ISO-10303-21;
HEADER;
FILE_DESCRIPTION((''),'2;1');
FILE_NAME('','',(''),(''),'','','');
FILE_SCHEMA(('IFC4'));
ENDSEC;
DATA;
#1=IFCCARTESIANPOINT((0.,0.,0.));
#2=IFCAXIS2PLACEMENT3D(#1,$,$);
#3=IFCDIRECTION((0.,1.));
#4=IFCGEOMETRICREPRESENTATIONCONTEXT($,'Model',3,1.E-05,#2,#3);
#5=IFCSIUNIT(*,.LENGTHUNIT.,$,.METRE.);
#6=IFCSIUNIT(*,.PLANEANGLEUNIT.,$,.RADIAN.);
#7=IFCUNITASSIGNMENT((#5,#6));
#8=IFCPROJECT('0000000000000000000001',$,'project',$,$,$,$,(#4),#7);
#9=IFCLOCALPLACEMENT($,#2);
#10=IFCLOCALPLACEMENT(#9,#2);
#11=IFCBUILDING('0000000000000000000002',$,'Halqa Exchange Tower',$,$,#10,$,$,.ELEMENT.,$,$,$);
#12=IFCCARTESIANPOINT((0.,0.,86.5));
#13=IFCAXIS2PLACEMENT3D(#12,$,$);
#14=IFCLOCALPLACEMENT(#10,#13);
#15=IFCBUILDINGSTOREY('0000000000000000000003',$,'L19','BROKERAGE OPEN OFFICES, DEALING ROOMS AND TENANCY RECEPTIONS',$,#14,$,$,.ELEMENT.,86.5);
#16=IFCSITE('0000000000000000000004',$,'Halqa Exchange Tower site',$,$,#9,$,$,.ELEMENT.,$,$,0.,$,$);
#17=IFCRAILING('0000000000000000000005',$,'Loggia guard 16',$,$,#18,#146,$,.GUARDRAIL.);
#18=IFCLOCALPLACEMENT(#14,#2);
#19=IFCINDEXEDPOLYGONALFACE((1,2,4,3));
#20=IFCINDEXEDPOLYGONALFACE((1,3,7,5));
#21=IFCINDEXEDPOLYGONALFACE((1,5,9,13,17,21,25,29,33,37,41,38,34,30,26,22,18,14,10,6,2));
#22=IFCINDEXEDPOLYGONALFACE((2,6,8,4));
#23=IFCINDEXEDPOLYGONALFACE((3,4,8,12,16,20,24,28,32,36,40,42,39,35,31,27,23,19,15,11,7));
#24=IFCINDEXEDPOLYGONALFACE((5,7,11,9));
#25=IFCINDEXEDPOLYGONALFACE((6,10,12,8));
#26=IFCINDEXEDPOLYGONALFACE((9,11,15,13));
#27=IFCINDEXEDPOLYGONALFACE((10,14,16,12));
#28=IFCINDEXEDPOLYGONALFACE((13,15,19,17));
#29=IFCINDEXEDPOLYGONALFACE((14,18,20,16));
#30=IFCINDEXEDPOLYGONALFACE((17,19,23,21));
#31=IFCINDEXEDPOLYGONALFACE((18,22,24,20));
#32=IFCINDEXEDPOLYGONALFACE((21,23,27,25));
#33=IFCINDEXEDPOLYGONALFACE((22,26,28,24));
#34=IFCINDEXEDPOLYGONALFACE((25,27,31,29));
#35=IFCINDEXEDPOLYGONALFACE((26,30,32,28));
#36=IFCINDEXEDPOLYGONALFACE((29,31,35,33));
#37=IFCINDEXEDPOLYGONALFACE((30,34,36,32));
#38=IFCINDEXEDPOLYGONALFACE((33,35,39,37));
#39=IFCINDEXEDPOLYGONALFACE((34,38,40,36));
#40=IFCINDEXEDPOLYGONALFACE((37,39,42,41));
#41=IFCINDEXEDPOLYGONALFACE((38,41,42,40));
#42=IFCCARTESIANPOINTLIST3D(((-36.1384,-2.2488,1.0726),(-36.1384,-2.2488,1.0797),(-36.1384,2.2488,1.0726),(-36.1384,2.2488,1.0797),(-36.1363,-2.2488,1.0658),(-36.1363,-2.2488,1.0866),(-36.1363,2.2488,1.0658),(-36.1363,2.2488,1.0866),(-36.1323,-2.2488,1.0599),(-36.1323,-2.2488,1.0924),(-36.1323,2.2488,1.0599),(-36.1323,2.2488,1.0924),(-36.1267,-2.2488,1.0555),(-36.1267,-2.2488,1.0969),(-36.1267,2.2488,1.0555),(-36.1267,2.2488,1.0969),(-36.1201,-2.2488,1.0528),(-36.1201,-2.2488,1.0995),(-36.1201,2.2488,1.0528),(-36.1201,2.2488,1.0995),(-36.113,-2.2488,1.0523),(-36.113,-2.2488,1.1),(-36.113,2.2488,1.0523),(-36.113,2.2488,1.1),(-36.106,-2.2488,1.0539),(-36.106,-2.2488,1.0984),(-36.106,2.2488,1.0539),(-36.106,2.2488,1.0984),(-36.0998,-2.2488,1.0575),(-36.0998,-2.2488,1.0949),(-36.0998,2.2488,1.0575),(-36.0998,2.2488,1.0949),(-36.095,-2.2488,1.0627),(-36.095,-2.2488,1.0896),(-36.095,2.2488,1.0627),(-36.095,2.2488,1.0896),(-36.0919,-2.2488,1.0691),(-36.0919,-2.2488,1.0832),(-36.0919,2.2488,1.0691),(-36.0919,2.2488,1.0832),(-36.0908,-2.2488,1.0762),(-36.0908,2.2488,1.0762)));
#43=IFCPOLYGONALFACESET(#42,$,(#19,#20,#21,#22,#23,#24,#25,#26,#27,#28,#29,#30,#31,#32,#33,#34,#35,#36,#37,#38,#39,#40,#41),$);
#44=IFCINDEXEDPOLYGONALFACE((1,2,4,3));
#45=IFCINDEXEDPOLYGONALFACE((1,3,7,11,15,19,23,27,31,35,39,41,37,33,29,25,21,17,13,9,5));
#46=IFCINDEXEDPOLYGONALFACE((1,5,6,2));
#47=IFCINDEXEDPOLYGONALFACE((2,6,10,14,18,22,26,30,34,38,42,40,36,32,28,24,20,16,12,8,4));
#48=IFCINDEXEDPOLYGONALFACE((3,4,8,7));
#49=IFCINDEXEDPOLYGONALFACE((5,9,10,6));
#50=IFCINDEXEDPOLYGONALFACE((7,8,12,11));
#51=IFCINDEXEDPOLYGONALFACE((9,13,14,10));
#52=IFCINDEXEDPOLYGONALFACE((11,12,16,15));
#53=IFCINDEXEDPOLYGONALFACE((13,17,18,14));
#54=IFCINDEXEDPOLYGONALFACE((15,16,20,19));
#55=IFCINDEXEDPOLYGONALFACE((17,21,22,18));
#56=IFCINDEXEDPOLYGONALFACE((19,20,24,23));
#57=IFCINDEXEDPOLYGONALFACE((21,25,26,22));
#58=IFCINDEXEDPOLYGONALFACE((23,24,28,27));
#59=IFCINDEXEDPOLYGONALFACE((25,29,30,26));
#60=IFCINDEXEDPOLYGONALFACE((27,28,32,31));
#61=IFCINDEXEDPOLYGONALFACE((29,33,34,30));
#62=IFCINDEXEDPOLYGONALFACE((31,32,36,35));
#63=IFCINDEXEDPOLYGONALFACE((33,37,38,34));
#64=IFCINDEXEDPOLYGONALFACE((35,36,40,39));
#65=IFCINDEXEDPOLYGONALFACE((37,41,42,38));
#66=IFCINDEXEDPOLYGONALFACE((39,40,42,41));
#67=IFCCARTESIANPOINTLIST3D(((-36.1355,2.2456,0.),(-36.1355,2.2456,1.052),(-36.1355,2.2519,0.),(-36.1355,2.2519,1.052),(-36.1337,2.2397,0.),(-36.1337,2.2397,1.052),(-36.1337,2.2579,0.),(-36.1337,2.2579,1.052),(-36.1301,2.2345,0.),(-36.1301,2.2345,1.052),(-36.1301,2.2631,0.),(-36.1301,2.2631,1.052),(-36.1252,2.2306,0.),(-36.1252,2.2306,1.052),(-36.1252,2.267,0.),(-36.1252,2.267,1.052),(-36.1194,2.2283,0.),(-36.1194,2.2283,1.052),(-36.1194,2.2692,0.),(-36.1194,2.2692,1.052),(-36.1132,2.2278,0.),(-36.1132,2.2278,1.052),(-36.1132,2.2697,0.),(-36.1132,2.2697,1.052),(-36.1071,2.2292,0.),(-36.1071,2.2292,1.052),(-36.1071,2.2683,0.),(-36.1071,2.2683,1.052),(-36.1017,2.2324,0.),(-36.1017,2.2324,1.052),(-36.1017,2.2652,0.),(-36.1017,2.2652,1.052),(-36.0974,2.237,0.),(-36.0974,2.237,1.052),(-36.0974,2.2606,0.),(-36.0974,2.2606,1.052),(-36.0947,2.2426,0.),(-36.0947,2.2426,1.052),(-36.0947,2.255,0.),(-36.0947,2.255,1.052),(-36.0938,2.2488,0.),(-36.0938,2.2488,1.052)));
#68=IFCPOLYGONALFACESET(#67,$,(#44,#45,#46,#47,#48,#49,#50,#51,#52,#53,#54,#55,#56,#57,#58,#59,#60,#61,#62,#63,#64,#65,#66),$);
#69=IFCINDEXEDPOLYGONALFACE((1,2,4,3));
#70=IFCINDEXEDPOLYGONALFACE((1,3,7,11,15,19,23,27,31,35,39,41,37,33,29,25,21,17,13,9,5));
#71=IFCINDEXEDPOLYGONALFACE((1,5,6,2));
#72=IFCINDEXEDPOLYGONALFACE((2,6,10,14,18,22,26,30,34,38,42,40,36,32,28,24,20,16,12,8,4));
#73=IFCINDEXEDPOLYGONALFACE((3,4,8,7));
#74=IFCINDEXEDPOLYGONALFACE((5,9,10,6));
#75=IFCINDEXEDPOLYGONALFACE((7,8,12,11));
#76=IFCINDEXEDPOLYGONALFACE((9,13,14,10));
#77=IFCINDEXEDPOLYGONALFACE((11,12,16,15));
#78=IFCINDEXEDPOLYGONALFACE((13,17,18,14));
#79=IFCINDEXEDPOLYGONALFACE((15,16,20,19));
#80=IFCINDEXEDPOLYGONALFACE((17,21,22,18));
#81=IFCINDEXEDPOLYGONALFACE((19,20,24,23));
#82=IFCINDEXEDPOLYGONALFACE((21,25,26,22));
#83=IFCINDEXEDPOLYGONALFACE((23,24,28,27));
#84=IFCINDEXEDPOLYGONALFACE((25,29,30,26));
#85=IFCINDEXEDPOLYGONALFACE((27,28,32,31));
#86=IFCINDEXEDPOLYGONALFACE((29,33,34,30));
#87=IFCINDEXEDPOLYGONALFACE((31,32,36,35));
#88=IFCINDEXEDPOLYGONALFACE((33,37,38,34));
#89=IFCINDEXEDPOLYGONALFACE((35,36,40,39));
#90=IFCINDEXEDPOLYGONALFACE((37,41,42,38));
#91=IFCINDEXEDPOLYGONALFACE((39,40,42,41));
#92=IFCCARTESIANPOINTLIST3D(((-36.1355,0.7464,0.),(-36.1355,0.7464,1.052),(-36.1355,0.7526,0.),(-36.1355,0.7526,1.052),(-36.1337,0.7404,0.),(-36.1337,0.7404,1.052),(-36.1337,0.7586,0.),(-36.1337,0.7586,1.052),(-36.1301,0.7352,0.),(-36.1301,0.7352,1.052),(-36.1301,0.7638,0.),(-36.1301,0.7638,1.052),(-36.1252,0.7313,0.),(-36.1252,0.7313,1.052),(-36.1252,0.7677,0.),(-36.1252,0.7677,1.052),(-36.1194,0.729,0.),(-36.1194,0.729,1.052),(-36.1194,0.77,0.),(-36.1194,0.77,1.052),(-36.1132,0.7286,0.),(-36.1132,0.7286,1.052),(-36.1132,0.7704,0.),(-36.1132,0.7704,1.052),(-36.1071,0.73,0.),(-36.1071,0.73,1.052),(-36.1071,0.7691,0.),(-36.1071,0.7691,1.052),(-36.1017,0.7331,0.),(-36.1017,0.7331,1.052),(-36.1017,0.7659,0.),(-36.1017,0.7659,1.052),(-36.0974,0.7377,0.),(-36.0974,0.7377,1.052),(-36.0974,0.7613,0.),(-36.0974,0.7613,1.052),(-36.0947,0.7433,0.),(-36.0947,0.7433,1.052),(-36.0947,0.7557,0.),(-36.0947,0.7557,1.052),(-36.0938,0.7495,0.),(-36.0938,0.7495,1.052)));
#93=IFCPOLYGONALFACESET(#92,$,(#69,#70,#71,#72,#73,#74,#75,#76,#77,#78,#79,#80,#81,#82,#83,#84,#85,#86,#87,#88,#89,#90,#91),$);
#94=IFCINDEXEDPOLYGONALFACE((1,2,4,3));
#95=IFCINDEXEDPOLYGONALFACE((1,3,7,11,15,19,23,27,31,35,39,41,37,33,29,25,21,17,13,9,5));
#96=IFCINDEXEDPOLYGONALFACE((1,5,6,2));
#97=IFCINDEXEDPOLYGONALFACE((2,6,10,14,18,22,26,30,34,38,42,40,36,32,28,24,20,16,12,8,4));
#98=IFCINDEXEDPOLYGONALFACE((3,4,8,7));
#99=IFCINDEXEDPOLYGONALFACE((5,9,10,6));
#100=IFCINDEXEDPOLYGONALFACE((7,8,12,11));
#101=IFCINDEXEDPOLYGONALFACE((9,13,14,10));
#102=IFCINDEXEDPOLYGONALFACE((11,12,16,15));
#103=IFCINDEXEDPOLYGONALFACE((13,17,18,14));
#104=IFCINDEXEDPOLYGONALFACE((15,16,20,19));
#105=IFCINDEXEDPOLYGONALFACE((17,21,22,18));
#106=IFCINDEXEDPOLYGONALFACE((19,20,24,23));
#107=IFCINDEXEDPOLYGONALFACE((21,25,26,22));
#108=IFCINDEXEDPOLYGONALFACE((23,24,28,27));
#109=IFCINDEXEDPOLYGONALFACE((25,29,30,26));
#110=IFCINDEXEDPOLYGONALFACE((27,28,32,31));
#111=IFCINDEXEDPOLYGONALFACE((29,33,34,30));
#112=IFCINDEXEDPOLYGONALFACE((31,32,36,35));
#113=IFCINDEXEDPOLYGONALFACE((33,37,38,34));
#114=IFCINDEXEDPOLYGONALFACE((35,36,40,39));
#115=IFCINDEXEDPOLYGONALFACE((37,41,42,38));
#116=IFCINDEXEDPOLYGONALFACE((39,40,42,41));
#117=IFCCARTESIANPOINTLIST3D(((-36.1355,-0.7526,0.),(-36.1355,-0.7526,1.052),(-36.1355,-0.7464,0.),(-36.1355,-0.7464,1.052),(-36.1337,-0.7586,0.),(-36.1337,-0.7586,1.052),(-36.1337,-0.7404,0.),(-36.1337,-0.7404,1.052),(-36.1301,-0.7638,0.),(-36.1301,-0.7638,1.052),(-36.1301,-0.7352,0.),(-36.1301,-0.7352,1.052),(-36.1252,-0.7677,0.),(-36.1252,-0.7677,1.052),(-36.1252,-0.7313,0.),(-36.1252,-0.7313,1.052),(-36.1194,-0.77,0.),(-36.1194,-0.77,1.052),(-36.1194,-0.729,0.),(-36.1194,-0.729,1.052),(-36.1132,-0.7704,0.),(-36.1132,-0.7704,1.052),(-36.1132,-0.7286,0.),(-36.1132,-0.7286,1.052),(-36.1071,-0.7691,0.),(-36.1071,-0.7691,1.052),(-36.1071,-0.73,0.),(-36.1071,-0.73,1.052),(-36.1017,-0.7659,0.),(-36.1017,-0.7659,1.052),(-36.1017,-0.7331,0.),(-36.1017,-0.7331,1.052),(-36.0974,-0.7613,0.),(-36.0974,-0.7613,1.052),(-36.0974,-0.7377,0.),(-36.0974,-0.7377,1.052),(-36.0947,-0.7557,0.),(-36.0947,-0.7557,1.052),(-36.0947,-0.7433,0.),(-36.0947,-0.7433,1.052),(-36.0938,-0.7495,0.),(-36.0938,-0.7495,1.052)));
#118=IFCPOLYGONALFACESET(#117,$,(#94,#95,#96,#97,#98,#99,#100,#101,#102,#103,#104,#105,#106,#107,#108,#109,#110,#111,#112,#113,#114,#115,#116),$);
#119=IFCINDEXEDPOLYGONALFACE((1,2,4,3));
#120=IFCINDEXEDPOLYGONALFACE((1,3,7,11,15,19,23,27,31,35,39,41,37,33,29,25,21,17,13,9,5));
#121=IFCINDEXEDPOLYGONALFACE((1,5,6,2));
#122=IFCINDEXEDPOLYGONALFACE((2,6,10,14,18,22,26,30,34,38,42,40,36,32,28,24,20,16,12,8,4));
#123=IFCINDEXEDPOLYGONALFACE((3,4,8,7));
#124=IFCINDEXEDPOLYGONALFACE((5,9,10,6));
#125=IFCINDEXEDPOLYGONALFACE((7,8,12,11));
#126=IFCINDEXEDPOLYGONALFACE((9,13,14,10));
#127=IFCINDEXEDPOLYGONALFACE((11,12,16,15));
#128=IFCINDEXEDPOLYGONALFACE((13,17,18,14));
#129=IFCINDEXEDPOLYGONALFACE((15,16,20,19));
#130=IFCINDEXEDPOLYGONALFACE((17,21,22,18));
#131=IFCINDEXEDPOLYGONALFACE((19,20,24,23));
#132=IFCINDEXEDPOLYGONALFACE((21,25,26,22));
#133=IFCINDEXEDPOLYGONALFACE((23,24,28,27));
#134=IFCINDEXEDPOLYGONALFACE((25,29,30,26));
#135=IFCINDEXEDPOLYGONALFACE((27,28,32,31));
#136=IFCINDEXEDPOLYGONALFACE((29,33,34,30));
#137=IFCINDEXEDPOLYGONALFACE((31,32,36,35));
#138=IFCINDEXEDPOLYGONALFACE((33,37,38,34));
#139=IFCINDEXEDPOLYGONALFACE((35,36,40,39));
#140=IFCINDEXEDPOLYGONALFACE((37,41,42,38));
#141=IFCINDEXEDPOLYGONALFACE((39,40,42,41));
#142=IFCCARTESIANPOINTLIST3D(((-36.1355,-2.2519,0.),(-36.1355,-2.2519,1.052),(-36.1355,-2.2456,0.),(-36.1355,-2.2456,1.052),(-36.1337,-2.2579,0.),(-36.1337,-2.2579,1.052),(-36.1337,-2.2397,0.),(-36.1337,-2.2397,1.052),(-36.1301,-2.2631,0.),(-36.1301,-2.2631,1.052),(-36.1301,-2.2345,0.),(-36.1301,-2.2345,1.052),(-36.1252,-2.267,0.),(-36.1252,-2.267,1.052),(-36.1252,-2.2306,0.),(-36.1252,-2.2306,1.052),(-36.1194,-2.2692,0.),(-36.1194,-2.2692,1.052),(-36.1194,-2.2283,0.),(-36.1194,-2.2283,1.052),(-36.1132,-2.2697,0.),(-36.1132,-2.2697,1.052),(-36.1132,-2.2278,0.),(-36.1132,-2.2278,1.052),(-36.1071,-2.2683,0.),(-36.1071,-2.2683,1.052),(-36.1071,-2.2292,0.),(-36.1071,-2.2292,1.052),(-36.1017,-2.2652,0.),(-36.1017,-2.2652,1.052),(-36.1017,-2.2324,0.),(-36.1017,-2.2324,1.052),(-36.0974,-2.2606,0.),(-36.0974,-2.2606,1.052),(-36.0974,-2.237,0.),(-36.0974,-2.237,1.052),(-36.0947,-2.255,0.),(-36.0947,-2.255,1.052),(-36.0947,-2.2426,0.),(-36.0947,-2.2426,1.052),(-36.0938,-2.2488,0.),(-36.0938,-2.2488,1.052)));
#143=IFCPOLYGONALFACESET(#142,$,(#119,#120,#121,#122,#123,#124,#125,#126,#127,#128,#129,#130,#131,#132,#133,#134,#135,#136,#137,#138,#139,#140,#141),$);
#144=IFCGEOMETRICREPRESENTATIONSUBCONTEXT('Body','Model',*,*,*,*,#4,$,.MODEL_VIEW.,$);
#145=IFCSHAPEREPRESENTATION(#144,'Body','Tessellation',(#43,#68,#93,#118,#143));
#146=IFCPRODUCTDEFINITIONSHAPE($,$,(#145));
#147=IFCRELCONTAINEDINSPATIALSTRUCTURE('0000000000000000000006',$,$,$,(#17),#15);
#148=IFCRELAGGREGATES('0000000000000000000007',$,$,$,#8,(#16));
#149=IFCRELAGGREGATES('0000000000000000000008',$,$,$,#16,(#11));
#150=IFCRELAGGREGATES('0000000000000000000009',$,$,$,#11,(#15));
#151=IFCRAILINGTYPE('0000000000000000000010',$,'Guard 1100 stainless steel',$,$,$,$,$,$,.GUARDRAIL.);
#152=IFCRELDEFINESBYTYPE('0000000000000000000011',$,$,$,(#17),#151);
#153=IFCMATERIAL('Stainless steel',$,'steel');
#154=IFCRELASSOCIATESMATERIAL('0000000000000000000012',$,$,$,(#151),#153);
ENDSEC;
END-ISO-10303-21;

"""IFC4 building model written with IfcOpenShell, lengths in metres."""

from ifc_helpers import new_model, si_unit, direction, frame, origin, origin_2d, place, context, subcontext, project, spatial, circle, extrude, material, type_object, element, save


model = new_model("IFC4")

# Units and contexts
model_context = context("Model", 3, precision=1e-05, world=origin(), true_north=direction((0.0, 1.0)))
body_context = subcontext(model_context, "Body", "Model", "MODEL_VIEW")
ifc_project = project(units=[si_unit("LENGTHUNIT", "METRE"), si_unit("PLANEANGLEUNIT", "RADIAN")], contexts=[model_context])

# Site, building, storey
site_placement = place(None, origin())
site = spatial("IfcSite", under=ifc_project, at=site_placement, Name="Halqa Exchange Tower site", CompositionType="ELEMENT", RefElevation=0.0)
building_placement = place(site_placement, origin())
building = spatial("IfcBuilding", under=site, at=building_placement, Name="Halqa Exchange Tower", CompositionType="ELEMENT")
storey_placement = place(building_placement, frame((0.0, 0.0, 86.5)))
storey = spatial("IfcBuildingStorey", under=building, at=storey_placement, Name="L19", Description="BROKERAGE OPEN OFFICES, DEALING ROOMS AND TENANCY RECEPTIONS", CompositionType="ELEMENT", Elevation=86.5)

# Railing
ifc_material_1 = material(Name="Stainless steel", Category="steel")
railing_type = type_object("IfcRailingType", Name="Guard 1100 stainless steel", PredefinedType="GUARDRAIL", material=ifc_material_1)
railing_1_placement = place(storey_placement, frame((-36.1147, 2.2488, 0.0)))
element("IfcRailing", 1, at=railing_1_placement, inside=storey, type_object=railing_type, Name="Loggia guard 16", PredefinedType="GUARDRAIL", context=body_context, shape_type="SweptSolid", body=[
    extrude(circle(Radius=0.0239, at=origin_2d()), frame((0.0, 0.0, 1.0762), z_axis=(0.0, -1.0, 0.0), x_axis=(1.0, 0.0, 0.0)), (0.0, 0.0, 1.0), 4.4976),
    extrude(circle(Radius=0.021, at=origin_2d()), origin(), (0.0, 0.0, 1.0), 1.052),
    extrude(circle(Radius=0.021, at=origin_2d()), frame((0.0, -1.4993, 0.0)), (0.0, 0.0, 1.0), 1.052),
    extrude(circle(Radius=0.021, at=origin_2d()), frame((0.0, -2.9983, 0.0)), (0.0, 0.0, 1.0), 1.052),
    extrude(circle(Radius=0.021, at=origin_2d()), frame((0.0, -4.4976, 0.0)), (0.0, 0.0, 1.0), 1.052),
])

save(model, "model.ifc")
